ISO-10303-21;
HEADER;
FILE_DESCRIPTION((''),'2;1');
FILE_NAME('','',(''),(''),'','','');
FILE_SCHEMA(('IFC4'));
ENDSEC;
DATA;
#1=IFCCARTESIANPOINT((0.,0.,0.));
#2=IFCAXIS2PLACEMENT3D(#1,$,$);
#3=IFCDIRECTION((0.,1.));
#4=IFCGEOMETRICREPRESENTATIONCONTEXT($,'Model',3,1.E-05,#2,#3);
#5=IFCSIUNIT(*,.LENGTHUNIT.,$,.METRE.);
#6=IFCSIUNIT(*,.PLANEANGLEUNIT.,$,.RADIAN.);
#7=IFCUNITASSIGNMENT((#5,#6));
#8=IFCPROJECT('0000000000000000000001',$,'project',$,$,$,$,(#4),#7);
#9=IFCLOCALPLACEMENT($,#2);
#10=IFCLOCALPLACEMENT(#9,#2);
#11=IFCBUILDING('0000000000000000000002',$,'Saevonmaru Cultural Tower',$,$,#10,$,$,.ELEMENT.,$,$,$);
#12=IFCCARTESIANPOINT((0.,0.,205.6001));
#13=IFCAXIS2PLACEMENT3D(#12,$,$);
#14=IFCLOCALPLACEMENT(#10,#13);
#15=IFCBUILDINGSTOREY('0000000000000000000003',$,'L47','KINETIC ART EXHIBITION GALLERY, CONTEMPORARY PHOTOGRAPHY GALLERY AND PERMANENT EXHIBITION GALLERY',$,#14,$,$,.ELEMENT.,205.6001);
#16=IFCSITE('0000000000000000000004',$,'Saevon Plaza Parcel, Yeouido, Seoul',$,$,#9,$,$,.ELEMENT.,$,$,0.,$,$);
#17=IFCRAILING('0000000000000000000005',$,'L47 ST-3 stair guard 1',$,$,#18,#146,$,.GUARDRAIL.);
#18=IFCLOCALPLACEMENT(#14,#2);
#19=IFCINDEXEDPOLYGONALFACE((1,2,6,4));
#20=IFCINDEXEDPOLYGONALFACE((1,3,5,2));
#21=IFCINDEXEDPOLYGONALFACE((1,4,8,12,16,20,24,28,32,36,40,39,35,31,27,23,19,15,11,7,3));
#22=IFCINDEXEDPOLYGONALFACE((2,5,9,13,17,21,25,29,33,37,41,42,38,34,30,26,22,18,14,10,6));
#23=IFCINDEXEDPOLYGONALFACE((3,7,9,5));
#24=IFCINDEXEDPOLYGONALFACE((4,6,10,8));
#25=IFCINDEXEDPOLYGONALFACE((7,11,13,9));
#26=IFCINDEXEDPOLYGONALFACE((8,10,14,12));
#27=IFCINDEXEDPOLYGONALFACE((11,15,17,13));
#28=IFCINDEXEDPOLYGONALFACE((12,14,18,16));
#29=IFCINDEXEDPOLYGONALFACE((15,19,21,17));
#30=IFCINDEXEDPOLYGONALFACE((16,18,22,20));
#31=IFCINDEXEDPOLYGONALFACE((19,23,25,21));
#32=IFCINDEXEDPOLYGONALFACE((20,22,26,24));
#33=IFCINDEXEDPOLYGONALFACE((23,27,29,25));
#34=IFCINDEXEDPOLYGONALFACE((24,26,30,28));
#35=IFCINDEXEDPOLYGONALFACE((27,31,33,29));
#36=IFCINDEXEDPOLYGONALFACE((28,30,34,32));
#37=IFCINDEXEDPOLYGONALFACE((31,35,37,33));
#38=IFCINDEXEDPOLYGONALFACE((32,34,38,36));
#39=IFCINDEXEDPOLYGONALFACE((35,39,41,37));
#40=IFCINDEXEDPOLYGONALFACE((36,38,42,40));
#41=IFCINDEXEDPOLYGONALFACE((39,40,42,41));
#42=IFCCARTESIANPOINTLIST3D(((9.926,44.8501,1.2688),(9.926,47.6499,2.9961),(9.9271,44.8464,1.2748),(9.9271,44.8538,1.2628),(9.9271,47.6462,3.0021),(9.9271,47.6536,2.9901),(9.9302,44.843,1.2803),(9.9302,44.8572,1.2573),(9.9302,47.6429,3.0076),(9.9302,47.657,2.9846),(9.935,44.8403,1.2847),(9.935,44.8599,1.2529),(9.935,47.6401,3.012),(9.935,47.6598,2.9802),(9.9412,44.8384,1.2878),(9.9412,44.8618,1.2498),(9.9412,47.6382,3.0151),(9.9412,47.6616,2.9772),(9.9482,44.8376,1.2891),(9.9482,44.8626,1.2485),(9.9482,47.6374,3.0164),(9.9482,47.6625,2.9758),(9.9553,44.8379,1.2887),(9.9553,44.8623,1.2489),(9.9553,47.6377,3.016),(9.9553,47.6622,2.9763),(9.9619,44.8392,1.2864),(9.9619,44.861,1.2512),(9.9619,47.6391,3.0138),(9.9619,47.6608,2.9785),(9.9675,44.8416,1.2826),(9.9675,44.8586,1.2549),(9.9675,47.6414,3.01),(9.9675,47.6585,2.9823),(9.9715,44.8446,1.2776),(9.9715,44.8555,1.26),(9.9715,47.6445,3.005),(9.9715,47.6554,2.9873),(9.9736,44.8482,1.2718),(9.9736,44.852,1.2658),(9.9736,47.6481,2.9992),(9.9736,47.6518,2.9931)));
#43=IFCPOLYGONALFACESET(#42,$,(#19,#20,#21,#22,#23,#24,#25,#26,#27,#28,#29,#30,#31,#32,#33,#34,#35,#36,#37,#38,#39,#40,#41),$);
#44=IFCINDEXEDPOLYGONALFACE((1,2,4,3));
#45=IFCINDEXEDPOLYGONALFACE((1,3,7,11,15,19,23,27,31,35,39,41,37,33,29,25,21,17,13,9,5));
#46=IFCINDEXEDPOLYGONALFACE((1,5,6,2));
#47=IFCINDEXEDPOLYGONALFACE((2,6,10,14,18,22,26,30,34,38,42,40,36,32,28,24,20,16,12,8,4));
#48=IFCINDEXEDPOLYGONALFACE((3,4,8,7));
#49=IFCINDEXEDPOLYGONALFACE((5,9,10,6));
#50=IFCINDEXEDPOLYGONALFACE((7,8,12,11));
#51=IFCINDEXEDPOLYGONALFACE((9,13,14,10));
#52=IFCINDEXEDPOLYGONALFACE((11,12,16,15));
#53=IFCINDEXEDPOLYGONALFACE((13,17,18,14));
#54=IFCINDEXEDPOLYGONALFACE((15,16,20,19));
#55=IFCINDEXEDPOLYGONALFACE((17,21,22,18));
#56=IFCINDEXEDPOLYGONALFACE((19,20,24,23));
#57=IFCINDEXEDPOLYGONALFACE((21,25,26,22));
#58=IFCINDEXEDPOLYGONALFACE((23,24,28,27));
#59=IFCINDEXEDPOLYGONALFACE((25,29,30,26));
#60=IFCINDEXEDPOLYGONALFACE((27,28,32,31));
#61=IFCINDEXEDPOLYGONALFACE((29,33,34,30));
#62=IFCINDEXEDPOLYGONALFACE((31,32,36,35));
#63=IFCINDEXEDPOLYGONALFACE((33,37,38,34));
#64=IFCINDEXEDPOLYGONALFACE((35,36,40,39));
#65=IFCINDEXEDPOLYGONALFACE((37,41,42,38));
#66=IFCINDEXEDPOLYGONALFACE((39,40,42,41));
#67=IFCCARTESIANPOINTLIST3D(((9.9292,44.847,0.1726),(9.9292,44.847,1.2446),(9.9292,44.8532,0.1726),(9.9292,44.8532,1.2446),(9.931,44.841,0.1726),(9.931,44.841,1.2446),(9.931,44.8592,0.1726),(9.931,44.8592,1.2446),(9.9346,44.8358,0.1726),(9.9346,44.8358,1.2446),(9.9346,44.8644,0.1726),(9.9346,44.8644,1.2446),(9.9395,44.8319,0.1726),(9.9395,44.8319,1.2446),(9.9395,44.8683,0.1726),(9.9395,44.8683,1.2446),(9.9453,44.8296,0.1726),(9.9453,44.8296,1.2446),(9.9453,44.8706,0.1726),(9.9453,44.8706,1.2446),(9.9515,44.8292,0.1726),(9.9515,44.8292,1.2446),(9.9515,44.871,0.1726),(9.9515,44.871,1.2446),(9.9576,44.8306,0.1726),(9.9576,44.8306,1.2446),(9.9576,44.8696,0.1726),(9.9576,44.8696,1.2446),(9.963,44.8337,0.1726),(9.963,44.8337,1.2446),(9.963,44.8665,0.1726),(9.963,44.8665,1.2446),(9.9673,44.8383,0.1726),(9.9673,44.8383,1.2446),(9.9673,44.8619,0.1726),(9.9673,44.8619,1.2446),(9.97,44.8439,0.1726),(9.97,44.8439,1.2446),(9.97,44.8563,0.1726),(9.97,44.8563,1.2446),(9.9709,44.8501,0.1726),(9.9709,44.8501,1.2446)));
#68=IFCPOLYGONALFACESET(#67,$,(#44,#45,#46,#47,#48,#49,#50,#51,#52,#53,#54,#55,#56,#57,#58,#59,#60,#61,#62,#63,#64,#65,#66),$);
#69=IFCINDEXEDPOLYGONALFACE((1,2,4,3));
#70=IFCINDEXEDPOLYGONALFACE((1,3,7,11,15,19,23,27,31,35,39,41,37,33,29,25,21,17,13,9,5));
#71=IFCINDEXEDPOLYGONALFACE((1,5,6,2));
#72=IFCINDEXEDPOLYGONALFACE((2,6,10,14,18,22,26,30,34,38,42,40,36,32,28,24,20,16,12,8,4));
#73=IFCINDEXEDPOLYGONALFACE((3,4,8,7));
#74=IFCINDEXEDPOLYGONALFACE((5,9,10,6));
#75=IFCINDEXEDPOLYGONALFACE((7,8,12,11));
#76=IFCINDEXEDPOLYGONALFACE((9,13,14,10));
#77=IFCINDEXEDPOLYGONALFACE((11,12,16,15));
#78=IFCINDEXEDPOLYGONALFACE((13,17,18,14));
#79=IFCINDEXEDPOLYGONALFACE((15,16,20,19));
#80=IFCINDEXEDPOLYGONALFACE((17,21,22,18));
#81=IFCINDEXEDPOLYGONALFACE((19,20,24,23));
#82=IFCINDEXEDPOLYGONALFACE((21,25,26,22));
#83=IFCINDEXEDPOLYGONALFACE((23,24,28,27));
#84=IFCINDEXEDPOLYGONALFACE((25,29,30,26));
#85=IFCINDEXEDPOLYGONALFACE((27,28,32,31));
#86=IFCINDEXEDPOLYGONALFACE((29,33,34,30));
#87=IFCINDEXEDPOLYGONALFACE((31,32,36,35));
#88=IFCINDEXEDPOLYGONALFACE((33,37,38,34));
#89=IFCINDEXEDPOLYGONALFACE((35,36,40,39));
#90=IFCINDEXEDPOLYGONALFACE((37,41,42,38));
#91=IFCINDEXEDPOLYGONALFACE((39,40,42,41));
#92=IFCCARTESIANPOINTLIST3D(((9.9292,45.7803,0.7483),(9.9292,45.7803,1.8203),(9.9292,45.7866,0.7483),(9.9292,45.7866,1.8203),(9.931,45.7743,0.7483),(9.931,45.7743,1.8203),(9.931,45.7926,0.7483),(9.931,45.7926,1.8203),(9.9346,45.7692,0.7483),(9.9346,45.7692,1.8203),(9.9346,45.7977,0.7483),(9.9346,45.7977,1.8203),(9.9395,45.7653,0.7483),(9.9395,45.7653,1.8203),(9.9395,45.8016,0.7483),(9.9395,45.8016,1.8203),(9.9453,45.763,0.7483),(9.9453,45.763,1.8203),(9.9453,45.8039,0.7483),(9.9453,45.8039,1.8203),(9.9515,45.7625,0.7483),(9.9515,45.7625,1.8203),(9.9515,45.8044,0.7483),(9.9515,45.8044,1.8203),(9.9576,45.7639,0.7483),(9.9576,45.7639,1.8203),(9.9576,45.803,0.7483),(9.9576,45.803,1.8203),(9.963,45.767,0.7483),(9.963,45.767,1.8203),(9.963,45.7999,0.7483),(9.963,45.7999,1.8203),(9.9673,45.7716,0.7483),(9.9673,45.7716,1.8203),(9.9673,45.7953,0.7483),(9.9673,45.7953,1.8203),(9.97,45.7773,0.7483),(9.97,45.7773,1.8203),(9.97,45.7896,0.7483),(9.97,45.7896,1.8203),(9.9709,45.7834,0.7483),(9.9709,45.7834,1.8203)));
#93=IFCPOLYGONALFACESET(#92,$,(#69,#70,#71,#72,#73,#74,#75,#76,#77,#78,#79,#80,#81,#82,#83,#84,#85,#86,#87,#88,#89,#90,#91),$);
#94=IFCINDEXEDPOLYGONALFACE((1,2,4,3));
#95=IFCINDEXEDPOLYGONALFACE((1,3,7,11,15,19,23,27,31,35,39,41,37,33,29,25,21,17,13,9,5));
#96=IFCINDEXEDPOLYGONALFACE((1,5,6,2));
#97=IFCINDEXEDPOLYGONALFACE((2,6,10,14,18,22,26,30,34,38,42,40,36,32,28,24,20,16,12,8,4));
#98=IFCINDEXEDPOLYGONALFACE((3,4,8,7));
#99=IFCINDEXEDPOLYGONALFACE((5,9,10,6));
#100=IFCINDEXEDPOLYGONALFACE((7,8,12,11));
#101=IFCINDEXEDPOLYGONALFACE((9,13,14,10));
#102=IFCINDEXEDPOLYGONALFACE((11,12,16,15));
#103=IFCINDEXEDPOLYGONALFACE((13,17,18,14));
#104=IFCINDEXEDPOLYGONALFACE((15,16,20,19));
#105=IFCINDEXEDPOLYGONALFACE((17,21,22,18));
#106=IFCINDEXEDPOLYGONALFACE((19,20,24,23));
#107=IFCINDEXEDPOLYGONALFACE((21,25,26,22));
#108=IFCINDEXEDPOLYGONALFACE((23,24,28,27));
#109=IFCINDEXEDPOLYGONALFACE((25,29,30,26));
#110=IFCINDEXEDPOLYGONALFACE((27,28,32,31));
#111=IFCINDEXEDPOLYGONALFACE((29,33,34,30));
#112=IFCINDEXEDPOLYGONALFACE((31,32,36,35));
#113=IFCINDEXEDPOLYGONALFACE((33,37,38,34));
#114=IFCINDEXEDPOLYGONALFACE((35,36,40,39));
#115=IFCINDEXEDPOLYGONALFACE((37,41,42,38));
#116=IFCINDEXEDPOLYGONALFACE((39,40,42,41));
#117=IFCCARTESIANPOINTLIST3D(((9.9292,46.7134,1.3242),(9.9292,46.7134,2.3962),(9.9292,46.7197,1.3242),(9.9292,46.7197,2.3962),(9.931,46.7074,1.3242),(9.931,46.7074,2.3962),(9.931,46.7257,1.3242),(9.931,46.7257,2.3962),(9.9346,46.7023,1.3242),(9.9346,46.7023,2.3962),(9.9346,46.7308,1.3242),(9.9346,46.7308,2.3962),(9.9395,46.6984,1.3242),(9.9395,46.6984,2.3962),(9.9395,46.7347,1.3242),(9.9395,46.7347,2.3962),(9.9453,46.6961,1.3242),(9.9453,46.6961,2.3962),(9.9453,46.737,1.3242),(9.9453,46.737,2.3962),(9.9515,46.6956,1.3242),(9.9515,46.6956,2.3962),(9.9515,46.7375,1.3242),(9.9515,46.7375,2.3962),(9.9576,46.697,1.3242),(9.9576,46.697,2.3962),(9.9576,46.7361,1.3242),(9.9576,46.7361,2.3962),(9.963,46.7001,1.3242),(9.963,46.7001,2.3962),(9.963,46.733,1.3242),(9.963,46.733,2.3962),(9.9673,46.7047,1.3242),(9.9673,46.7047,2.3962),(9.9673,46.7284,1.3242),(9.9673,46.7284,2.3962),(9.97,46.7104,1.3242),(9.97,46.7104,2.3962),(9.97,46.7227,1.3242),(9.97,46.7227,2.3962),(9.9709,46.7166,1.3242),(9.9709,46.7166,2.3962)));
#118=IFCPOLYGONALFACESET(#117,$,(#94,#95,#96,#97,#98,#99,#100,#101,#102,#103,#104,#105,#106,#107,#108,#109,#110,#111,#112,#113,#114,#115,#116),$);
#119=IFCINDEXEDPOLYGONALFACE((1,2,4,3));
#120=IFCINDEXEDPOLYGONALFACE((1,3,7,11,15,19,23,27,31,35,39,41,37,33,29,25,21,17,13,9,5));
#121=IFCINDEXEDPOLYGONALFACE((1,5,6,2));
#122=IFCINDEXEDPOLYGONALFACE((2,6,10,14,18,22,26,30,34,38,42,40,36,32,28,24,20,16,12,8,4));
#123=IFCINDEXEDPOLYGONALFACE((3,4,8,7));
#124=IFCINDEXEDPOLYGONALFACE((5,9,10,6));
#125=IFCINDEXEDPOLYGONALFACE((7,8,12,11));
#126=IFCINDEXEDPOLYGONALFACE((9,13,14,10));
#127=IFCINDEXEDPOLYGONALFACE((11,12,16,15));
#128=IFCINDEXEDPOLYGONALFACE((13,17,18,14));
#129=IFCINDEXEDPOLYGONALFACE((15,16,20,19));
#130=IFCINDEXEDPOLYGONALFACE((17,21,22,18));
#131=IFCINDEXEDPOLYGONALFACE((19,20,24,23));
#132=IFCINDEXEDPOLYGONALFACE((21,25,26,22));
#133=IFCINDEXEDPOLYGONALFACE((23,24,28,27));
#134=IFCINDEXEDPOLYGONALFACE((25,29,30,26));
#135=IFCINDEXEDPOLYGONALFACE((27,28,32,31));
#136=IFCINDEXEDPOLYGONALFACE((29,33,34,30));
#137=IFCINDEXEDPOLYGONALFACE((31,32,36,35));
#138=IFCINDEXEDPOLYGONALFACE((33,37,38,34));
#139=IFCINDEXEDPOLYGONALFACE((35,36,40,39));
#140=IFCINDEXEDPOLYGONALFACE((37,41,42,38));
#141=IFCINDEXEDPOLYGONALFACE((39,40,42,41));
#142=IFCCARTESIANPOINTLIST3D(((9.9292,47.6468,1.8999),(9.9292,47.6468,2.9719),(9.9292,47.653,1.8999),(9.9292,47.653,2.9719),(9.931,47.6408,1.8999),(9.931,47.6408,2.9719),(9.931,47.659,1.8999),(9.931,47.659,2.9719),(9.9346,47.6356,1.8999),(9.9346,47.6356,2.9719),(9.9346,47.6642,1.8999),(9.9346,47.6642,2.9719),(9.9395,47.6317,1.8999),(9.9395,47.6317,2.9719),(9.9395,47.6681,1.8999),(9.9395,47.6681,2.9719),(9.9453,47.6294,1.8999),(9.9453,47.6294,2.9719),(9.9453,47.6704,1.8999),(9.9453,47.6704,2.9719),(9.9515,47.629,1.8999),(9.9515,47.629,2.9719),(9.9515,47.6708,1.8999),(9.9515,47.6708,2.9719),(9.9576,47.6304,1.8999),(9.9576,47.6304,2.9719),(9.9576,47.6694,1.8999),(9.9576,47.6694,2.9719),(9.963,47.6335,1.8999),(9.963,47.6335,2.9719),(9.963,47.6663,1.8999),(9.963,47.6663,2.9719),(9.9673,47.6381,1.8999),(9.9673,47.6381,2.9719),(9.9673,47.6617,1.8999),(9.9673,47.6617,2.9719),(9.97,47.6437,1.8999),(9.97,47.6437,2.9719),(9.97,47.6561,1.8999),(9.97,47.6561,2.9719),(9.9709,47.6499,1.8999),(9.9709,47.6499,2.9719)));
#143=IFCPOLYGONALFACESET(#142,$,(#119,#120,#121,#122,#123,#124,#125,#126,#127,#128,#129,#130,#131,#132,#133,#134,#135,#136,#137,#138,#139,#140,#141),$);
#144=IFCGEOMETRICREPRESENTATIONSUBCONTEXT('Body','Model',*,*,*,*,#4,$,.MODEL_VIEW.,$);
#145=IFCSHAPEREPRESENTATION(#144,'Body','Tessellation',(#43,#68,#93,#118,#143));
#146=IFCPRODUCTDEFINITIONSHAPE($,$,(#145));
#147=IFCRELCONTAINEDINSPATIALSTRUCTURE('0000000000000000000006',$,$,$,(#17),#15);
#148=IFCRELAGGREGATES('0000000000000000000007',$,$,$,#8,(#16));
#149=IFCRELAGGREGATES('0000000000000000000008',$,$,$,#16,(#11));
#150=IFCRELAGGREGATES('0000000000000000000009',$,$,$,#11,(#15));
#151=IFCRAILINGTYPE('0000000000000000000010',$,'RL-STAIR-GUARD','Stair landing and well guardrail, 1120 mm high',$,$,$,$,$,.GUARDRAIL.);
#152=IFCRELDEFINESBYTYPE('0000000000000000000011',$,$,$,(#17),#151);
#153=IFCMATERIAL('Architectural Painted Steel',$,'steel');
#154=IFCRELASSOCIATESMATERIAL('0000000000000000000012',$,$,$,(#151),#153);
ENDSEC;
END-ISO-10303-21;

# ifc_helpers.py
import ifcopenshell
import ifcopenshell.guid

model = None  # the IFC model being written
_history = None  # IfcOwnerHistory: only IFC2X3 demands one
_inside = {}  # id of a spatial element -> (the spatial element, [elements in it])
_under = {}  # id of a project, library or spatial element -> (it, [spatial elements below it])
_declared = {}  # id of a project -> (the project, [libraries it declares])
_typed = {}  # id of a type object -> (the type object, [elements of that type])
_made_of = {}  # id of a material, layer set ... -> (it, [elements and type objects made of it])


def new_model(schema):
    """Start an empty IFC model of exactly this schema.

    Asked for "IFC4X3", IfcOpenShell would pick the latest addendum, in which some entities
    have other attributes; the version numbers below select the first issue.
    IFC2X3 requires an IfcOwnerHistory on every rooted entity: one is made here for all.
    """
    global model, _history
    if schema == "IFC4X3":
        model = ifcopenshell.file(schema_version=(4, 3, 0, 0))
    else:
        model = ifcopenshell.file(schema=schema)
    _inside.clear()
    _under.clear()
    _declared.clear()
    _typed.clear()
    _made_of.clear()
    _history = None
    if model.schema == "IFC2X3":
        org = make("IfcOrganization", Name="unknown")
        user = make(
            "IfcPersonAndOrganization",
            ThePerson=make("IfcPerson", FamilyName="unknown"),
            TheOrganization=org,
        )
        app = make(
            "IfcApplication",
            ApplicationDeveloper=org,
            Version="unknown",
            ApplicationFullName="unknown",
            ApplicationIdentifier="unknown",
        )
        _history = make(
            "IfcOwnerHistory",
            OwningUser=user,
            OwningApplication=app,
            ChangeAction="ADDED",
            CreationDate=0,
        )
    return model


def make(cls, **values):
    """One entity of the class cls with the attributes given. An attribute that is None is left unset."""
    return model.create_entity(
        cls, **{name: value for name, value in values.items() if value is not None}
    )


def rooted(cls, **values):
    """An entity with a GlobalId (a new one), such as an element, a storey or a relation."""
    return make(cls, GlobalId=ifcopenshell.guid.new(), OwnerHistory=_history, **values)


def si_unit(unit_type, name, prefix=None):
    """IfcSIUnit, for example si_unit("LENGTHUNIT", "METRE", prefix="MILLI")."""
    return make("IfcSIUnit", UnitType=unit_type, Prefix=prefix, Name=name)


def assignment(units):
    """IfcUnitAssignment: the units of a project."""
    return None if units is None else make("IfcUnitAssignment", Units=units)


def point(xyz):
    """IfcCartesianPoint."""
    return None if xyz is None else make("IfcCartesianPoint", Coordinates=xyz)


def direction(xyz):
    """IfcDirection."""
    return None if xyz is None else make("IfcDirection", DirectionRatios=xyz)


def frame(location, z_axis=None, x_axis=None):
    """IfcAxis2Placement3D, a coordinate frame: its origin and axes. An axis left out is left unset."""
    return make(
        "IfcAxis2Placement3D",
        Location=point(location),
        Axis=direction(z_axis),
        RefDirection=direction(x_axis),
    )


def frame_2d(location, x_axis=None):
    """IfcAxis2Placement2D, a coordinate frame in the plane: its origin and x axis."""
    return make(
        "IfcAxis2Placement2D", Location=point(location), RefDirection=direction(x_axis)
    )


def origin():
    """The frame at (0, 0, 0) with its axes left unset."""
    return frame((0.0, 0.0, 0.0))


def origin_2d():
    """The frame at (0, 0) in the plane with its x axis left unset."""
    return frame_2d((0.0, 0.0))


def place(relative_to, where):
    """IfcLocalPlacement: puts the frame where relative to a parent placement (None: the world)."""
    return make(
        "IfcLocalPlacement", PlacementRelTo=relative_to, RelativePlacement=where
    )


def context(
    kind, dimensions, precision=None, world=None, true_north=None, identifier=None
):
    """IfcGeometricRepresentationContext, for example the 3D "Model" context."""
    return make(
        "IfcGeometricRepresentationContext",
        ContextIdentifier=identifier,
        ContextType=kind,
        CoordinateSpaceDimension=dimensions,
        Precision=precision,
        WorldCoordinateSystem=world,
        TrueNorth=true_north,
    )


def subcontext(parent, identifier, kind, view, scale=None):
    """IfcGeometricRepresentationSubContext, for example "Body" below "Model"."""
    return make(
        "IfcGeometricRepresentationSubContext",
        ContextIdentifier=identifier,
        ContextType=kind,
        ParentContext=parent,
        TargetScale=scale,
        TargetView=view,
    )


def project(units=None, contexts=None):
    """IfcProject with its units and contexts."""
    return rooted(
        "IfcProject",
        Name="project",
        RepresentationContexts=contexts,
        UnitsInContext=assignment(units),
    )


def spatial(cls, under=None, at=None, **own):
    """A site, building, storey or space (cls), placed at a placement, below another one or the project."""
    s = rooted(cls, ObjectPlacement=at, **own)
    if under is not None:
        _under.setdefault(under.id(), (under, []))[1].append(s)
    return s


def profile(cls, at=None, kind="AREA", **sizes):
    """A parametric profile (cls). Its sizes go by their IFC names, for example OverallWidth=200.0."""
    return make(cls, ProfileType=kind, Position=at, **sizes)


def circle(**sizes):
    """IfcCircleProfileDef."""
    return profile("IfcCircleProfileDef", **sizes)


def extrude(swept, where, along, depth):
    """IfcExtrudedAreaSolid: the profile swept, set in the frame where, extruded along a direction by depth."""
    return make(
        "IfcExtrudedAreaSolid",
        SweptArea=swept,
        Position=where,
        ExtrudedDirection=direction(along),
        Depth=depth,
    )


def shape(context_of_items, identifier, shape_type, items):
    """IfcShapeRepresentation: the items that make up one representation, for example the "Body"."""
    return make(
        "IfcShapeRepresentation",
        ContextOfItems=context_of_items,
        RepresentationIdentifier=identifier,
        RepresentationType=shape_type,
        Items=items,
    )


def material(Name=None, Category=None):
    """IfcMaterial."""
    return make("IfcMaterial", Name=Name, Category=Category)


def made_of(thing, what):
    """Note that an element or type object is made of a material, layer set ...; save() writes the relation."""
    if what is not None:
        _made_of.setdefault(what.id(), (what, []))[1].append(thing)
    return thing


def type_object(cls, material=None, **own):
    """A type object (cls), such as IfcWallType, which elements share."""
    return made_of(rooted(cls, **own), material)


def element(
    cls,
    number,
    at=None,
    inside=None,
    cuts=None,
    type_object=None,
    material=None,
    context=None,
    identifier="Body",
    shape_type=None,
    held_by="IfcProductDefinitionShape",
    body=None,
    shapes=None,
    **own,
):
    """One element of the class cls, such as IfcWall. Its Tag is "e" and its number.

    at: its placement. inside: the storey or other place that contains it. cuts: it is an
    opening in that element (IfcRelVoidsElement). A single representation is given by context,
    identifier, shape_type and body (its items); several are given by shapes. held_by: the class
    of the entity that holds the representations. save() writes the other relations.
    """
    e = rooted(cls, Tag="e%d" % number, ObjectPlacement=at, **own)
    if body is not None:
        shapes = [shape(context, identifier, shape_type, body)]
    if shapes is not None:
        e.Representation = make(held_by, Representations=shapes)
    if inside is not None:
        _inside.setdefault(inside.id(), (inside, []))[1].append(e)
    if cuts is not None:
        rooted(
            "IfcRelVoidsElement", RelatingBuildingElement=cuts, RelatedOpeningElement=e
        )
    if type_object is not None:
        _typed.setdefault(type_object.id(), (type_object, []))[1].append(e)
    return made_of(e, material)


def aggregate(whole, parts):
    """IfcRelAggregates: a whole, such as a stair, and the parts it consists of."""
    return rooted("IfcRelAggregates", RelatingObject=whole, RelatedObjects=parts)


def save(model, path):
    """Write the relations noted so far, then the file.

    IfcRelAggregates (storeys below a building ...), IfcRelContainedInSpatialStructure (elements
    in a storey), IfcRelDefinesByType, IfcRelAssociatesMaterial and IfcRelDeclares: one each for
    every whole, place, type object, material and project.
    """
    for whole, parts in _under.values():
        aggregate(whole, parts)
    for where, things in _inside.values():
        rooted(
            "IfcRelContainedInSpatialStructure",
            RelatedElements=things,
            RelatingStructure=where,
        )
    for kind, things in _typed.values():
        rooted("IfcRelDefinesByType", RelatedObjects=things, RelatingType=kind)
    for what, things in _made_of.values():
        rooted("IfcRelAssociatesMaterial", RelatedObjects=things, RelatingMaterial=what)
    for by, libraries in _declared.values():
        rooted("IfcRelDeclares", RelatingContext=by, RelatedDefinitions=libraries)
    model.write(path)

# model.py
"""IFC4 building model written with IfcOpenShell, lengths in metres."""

from ifc_helpers import new_model, si_unit, direction, frame, origin, origin_2d, place, context, subcontext, project, spatial, circle, extrude, material, type_object, element, save


model = new_model("IFC4")

# Units and contexts
model_context = context("Model", 3, precision=1e-05, world=origin(), true_north=direction((0.0, 1.0)))
body_context = subcontext(model_context, "Body", "Model", "MODEL_VIEW")
ifc_project = project(units=[si_unit("LENGTHUNIT", "METRE"), si_unit("PLANEANGLEUNIT", "RADIAN")], contexts=[model_context])

# Site, building, storey
site_placement = place(None, origin())
site = spatial("IfcSite", under=ifc_project, at=site_placement, Name="Saevon Plaza Parcel, Yeouido, Seoul", CompositionType="ELEMENT", RefElevation=0.0)
building_placement = place(site_placement, origin())
building = spatial("IfcBuilding", under=site, at=building_placement, Name="Saevonmaru Cultural Tower", CompositionType="ELEMENT")
storey_placement = place(building_placement, frame((0.0, 0.0, 205.6001)))
storey = spatial("IfcBuildingStorey", under=building, at=storey_placement, Name="L47", Description="KINETIC ART EXHIBITION GALLERY, CONTEMPORARY PHOTOGRAPHY GALLERY AND PERMANENT EXHIBITION GALLERY", CompositionType="ELEMENT", Elevation=205.6001)

# Railing
ifc_material_1 = material(Name="Architectural Painted Steel", Category="steel")
railing_type_1 = type_object("IfcRailingType", Name="RL-STAIR-GUARD", Description="Stair landing and well guardrail, 1120 mm high", PredefinedType="GUARDRAIL", material=ifc_material_1)
railing_1_placement = place(storey_placement, frame((9.95, 44.8501, 0.1726)))
element("IfcRailing", 1, at=railing_1_placement, inside=storey, type_object=railing_type_1, Name="L47 ST-3 stair guard 1", PredefinedType="GUARDRAIL", context=body_context, shape_type="SweptSolid", body=[
    extrude(circle(Radius=0.0239, at=origin_2d()), frame((0.0, 0.0, 1.0962), z_axis=(0.0, 0.851069, 0.525054), x_axis=(-1.0, 0.0, 0.0)), (0.0, 0.0, 1.0), 3.2898),
    extrude(circle(Radius=0.021, at=origin_2d()), origin(), (0.0, 0.0, 1.0), 1.072),
    extrude(circle(Radius=0.021, at=origin_2d()), frame((0.0, 0.9333, 0.5757)), (0.0, 0.0, 1.0), 1.072),
    extrude(circle(Radius=0.021, at=origin_2d()), frame((0.0, 1.8665, 1.1516)), (0.0, 0.0, 1.0), 1.072),
    extrude(circle(Radius=0.021, at=origin_2d()), frame((0.0, 2.7998, 1.7273)), (0.0, 0.0, 1.0), 1.072),
])

save(model, "model.ifc")
